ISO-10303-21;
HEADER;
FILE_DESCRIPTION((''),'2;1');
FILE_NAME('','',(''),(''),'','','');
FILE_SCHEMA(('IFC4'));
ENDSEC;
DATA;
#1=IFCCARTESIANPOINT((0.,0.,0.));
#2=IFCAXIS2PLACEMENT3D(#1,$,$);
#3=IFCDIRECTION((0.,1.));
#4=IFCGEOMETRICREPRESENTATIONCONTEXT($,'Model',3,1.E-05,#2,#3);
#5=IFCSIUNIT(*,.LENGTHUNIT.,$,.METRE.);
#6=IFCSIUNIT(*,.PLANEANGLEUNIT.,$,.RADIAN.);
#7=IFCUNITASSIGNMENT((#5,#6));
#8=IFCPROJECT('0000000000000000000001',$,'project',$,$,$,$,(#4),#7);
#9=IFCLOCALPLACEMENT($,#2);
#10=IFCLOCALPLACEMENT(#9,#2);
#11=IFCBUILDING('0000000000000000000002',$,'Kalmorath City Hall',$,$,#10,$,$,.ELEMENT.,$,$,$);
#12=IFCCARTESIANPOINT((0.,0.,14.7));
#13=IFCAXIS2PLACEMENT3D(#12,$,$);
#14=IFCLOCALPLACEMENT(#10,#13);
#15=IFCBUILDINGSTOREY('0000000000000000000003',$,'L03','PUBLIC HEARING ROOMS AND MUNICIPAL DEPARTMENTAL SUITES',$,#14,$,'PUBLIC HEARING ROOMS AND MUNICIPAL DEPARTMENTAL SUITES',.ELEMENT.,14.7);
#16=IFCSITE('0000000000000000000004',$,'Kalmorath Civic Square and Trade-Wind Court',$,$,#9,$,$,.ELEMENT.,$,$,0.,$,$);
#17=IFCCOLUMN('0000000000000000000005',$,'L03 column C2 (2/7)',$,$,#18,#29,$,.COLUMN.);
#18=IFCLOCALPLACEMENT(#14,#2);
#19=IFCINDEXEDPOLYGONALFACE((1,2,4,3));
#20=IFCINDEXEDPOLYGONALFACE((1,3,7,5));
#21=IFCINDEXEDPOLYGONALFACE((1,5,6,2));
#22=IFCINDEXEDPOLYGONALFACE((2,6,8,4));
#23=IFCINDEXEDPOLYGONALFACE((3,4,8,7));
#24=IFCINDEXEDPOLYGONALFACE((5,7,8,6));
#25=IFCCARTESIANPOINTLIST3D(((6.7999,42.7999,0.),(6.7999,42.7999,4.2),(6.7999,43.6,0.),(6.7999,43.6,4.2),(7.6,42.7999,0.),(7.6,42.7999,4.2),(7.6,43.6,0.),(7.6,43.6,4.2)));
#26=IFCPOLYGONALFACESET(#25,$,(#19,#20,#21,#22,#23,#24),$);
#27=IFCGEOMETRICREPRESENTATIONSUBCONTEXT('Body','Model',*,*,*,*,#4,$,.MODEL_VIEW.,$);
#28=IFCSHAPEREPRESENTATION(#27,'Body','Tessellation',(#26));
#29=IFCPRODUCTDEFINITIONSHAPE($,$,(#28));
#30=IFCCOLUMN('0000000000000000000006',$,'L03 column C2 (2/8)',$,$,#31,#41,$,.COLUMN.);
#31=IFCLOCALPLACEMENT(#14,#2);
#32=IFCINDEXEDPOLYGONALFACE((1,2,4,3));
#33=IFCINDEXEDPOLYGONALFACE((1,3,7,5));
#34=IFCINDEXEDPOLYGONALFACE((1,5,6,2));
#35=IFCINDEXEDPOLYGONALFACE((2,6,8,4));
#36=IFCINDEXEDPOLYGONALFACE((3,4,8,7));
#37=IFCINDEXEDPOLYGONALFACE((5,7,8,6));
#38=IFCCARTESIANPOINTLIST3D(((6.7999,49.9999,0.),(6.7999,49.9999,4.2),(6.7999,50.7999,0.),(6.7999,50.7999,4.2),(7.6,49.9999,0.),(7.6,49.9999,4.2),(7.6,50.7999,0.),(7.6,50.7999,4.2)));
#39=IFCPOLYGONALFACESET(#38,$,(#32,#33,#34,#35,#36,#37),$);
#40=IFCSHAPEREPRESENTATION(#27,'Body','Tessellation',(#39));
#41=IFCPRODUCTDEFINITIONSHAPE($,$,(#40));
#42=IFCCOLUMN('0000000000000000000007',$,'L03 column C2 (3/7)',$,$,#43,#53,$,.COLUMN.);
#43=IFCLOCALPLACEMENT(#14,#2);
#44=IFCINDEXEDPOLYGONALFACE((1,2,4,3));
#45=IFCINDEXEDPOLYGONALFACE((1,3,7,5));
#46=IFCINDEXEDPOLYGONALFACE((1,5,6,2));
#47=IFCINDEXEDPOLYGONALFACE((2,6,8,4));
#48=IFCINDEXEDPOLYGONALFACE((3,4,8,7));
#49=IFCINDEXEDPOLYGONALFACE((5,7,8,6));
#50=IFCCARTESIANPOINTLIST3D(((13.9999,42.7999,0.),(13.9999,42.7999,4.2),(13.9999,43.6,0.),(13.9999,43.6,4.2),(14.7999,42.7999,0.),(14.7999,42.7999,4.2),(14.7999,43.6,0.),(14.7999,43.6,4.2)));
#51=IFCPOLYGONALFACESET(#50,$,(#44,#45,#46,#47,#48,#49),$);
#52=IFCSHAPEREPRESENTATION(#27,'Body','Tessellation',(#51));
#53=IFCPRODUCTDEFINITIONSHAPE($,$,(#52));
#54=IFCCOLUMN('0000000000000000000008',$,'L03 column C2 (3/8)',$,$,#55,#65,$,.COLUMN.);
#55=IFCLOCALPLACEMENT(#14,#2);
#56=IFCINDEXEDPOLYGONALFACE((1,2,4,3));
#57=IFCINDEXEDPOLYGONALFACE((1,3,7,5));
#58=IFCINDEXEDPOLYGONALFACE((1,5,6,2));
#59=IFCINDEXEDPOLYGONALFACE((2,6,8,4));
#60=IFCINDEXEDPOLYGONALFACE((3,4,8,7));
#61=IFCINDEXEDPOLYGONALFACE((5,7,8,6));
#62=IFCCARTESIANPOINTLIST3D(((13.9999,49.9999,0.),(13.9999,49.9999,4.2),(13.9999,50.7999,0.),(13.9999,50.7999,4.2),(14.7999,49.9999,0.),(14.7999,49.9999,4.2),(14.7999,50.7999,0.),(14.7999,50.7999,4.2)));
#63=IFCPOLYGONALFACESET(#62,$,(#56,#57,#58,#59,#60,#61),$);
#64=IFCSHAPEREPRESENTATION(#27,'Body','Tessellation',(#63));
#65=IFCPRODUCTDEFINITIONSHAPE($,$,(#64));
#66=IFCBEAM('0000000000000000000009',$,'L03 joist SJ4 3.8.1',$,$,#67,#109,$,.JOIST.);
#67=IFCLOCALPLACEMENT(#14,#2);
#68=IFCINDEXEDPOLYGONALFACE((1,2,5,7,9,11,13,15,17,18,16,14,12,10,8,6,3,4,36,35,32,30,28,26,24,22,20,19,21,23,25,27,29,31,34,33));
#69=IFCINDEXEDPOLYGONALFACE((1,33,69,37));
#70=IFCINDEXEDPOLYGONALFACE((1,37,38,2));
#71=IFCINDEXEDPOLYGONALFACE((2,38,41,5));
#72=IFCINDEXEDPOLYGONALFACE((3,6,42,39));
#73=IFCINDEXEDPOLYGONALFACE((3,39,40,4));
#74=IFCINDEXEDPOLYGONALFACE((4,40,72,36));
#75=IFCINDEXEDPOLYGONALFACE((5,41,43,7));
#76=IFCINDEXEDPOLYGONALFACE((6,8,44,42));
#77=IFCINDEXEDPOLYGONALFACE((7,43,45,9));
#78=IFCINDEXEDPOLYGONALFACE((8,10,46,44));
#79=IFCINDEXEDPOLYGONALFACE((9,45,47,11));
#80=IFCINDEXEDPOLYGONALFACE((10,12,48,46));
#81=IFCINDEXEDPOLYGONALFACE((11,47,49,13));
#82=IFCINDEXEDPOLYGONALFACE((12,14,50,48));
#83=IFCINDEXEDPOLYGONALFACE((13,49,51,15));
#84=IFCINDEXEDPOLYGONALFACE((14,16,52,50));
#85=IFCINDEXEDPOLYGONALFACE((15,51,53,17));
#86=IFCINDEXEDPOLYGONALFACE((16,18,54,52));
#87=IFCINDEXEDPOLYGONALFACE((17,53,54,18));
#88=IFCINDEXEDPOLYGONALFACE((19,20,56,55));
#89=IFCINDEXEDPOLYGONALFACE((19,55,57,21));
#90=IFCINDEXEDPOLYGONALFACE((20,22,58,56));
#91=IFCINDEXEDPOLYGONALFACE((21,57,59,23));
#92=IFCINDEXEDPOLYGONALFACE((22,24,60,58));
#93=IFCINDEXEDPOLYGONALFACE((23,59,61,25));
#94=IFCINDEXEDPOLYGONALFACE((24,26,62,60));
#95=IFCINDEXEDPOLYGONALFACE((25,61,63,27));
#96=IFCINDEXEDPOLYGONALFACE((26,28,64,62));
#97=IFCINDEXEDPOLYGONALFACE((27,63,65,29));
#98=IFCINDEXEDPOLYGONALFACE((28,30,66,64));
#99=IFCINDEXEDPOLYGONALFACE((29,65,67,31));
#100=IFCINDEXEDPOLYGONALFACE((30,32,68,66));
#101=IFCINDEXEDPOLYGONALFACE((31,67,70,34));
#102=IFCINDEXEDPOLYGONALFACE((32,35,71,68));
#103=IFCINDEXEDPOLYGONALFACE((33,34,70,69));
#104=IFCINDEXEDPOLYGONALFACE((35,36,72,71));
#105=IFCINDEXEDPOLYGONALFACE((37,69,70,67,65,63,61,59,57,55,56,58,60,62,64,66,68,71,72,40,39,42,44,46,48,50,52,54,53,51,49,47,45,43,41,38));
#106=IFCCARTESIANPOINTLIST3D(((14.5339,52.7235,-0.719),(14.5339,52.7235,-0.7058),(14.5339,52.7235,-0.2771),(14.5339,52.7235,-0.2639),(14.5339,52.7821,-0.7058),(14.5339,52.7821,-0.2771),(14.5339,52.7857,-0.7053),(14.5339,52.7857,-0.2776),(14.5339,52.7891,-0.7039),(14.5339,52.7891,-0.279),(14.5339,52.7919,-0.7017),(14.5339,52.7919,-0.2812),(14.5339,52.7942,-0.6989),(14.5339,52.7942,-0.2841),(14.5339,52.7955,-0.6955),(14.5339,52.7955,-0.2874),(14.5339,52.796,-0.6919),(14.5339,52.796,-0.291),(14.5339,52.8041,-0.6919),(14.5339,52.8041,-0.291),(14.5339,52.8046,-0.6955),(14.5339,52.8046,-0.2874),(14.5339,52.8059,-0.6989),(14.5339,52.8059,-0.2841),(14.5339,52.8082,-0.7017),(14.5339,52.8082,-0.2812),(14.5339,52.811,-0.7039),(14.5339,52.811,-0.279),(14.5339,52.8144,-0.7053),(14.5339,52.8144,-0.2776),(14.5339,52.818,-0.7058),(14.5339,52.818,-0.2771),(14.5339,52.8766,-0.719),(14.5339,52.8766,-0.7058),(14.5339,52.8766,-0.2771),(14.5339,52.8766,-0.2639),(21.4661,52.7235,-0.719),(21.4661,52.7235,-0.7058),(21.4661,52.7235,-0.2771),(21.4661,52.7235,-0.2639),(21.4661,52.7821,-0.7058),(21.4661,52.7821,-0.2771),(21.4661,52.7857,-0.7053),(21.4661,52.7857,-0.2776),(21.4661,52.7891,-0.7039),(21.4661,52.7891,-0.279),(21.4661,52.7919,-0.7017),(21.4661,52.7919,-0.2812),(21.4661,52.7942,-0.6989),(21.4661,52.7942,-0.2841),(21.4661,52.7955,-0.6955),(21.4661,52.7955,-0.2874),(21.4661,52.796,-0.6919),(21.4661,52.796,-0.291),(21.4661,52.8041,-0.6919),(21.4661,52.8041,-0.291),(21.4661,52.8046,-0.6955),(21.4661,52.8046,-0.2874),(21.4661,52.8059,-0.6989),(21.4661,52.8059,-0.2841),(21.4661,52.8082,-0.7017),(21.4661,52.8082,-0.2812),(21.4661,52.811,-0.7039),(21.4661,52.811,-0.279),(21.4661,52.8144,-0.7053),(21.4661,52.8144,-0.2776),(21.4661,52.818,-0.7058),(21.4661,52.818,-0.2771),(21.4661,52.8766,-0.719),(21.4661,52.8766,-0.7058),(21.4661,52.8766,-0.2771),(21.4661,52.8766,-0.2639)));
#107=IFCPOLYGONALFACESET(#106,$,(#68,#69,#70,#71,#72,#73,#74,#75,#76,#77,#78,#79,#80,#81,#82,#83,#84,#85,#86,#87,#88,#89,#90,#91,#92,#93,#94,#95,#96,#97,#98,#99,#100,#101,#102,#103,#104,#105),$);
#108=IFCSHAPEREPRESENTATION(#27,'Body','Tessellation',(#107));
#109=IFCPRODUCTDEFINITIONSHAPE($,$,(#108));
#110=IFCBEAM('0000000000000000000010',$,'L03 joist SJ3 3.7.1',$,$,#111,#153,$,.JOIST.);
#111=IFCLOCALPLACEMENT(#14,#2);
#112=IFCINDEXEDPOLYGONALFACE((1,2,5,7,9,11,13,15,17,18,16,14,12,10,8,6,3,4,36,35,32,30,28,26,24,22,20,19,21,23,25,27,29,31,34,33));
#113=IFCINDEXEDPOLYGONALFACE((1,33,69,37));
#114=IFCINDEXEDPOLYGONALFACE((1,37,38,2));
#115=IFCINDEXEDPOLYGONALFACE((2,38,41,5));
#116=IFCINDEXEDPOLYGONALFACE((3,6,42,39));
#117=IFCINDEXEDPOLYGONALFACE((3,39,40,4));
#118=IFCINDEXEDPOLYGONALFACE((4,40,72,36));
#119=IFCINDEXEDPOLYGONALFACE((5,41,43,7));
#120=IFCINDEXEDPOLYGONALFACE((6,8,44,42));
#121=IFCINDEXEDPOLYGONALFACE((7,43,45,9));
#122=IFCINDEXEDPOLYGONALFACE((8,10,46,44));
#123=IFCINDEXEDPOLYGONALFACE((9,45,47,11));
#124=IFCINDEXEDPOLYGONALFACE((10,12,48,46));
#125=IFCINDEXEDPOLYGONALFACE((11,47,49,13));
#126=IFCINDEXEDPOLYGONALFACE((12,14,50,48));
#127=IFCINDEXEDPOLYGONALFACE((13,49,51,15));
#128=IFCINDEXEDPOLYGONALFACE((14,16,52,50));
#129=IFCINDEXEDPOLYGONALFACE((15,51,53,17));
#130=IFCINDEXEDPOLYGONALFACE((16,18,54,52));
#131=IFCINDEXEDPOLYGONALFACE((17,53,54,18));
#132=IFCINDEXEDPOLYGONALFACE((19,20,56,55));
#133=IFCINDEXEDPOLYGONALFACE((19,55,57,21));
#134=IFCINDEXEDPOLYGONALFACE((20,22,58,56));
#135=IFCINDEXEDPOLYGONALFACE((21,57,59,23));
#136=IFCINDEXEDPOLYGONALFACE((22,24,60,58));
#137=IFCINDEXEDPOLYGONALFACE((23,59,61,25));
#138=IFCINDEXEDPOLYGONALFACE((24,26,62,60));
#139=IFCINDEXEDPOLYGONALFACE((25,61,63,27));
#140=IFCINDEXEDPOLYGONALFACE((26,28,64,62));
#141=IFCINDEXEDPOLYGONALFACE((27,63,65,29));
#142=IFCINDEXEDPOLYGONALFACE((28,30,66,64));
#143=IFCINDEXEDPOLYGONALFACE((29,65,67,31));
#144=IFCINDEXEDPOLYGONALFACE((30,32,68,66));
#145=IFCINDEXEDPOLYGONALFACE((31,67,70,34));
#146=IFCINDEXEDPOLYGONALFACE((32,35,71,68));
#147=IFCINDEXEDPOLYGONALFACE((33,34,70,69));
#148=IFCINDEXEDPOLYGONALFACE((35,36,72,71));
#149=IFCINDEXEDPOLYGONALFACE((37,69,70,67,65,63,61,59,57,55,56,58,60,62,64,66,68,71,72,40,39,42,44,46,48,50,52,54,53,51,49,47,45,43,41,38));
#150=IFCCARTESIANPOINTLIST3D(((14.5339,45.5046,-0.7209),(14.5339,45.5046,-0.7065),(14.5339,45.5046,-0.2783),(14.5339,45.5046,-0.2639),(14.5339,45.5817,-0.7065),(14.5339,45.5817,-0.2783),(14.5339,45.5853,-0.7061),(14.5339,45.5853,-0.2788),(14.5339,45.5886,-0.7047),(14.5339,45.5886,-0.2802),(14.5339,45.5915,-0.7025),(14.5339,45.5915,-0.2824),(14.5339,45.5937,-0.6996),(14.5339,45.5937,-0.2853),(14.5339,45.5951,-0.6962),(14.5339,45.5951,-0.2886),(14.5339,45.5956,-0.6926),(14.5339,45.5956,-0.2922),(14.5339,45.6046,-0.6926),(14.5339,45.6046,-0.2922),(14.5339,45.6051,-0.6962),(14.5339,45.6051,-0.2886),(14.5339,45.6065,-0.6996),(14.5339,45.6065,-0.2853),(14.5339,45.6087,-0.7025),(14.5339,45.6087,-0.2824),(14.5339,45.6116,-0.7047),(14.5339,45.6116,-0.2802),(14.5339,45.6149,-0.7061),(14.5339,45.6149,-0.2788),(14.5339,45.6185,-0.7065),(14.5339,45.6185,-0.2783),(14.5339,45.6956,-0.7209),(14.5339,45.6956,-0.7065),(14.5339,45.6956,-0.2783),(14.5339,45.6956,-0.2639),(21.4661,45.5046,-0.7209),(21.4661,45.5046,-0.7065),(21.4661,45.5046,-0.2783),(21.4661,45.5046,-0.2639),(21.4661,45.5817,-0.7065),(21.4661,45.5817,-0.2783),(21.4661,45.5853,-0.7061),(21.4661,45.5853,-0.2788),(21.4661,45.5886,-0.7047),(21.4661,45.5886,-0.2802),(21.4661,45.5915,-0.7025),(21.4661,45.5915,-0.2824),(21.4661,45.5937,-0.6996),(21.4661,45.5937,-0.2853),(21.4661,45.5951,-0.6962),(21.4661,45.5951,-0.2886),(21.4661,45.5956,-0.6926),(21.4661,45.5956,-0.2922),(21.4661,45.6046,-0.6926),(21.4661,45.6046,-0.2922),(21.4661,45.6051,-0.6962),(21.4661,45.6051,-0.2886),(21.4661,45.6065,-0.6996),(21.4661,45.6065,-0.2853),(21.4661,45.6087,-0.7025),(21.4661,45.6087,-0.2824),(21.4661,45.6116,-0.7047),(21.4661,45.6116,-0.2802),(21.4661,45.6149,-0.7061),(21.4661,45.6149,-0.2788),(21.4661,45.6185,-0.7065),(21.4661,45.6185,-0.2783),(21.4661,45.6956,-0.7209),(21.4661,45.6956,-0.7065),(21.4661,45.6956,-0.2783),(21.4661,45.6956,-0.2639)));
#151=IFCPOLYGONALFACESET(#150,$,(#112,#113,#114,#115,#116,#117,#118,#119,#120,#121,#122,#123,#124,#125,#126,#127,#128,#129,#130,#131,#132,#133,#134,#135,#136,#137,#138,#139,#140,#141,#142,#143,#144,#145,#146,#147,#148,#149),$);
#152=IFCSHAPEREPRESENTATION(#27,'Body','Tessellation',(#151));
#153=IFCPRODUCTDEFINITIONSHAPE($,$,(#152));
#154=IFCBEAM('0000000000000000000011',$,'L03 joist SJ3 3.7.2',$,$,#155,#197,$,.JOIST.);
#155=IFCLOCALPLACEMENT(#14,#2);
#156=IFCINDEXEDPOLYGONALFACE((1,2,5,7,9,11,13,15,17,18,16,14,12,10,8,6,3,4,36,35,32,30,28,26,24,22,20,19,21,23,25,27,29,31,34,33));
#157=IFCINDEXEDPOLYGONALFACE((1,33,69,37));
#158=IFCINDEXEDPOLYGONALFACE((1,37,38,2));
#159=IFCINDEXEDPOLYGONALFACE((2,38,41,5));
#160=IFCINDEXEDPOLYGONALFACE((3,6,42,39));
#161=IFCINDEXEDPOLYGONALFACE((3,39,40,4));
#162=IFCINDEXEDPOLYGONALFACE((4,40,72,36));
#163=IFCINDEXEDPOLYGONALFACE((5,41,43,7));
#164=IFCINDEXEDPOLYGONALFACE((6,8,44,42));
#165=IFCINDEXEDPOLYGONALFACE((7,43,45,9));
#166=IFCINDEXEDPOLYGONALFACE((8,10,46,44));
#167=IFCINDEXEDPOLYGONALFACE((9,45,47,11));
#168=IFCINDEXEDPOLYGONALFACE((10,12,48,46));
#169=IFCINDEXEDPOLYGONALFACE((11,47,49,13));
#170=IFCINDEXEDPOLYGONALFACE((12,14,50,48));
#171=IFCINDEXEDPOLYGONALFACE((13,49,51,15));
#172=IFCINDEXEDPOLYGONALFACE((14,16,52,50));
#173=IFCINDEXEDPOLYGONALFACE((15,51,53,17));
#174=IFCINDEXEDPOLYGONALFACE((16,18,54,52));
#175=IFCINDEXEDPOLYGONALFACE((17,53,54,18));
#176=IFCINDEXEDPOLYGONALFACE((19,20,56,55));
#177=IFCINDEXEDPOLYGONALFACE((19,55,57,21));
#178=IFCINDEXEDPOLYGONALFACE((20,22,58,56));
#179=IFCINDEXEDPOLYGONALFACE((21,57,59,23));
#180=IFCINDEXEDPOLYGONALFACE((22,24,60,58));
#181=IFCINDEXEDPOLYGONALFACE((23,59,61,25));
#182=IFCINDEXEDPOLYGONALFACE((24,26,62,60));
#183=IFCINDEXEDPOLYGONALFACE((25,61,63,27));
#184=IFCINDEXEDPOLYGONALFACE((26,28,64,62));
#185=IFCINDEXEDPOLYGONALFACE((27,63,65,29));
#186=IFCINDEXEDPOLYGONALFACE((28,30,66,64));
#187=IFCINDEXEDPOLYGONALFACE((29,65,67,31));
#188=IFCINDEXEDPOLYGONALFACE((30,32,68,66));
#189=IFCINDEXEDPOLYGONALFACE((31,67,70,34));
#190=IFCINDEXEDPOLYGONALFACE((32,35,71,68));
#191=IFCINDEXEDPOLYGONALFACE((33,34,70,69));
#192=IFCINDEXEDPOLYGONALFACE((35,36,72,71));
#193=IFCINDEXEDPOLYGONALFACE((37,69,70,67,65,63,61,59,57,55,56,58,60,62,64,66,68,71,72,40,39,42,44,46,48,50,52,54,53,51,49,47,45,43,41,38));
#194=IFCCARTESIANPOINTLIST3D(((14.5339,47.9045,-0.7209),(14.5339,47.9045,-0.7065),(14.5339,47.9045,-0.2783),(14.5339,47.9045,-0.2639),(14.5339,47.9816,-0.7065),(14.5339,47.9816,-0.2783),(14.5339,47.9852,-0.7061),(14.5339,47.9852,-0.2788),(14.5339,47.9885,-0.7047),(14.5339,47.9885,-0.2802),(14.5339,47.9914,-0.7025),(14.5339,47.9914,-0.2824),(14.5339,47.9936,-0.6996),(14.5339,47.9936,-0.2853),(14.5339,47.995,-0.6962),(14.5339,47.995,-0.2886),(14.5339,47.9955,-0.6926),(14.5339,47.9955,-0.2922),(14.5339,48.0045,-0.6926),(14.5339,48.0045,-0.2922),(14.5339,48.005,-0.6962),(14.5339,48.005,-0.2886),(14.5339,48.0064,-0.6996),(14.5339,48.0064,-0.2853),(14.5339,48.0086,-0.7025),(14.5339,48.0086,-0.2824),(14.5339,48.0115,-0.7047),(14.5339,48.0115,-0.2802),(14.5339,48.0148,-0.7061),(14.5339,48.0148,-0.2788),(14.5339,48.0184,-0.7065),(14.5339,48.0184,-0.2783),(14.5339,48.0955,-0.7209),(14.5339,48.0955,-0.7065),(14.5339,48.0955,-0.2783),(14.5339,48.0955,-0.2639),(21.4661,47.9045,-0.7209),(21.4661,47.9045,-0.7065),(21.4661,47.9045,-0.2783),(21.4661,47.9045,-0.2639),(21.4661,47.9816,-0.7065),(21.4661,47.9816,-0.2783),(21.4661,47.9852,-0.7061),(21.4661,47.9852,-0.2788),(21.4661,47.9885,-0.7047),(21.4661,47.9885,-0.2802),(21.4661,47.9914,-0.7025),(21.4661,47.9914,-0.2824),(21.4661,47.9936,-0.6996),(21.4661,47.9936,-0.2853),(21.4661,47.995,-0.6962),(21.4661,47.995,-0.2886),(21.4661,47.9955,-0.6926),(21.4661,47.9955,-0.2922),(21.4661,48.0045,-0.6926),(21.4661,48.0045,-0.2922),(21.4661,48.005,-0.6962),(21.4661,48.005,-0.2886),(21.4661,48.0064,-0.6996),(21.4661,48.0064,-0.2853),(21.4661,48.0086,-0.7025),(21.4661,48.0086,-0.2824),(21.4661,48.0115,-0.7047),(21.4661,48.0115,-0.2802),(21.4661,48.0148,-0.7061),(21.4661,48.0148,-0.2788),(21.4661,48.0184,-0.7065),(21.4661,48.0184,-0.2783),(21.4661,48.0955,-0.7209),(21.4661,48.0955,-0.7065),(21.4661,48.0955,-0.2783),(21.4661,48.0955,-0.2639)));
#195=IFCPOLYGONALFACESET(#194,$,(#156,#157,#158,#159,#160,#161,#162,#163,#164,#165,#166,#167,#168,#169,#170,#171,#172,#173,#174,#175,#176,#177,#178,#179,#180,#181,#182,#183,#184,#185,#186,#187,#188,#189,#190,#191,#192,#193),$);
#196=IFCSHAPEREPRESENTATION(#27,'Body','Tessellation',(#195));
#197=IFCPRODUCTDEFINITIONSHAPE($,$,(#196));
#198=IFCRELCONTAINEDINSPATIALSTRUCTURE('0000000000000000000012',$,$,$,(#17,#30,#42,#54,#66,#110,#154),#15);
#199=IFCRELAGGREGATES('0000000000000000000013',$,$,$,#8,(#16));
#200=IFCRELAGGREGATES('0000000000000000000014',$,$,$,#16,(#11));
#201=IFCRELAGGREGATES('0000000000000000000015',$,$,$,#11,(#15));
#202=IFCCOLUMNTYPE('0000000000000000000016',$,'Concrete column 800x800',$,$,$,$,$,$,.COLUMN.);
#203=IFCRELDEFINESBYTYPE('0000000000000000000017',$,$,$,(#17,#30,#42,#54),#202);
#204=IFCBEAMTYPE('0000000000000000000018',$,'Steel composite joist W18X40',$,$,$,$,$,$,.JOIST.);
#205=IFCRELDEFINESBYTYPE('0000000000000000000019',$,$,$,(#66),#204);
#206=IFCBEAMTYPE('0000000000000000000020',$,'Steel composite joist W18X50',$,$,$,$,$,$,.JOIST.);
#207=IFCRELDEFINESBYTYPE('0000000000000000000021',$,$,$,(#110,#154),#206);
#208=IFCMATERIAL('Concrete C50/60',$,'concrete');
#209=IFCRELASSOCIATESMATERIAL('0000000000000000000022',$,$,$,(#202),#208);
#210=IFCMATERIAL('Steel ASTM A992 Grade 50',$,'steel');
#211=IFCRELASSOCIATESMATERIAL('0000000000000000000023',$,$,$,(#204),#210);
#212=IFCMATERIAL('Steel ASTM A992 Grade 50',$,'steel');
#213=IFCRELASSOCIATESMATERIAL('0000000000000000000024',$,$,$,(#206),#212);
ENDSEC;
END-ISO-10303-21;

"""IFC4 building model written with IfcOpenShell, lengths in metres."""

from ifc_helpers import new_model, si_unit, direction, frame, origin, origin_2d, place, context, subcontext, project, spatial, rectangle, i_section, extrude, material, material_profile, profile_set, type_object, element, save


model = new_model("IFC4")

# Units and contexts
model_context = context("Model", 3, precision=1e-05, world=origin(), true_north=direction((0.0, 1.0)))
body_context = subcontext(model_context, "Body", "Model", "MODEL_VIEW")
ifc_project = project(units=[si_unit("LENGTHUNIT", "METRE"), si_unit("PLANEANGLEUNIT", "RADIAN")], contexts=[model_context])

# Site, building, storey
site_placement = place(None, origin())
site = spatial("IfcSite", under=ifc_project, at=site_placement, Name="Kalmorath Civic Square and Trade-Wind Court", CompositionType="ELEMENT", RefElevation=0.0)
building_placement = place(site_placement, origin())
building = spatial("IfcBuilding", under=site, at=building_placement, Name="Kalmorath City Hall", CompositionType="ELEMENT")
storey_placement = place(building_placement, frame((0.0, 0.0, 14.7)))
storey = spatial("IfcBuildingStorey", under=building, at=storey_placement, Name="L03", Description="PUBLIC HEARING ROOMS AND MUNICIPAL DEPARTMENTAL SUITES", LongName="PUBLIC HEARING ROOMS AND MUNICIPAL DEPARTMENTAL SUITES", CompositionType="ELEMENT", Elevation=14.7)

# Columns
ifc_material_1 = material(Name="Concrete C50/60", Category="concrete")
ifc_material_profile_1 = material_profile(ifc_material_1, rectangle(XDim=0.8, YDim=0.8, at=origin_2d()), Name="RC-COL-800X800")
ifc_profile_set_1 = profile_set([ifc_material_profile_1], Name="Concrete C50/60")
column_type = type_object("IfcColumnType", Name="Concrete column 800x800", PredefinedType="COLUMN", material=ifc_profile_set_1)
for number, where, z_axis, x_axis, name in (
    (1, (7.2, 43.2, 0.0), (0.0, 0.0, 1.0), (1.0, 0.0, 0.0), "L03 column C2 (2/7)"),
    (2, (7.2, 50.3999, 0.0), (0.0, 0.0, 1.0), (1.0, 0.0, 0.0), "L03 column C2 (2/8)"),
    (3, (14.3999, 43.2, 0.0), (0.0, 0.0, 1.0), (1.0, 0.0, 0.0), "L03 column C2 (3/7)"),
    (4, (14.3999, 50.3999, 0.0), (0.0, 0.0, 1.0), (1.0, 0.0, 0.0), "L03 column C2 (3/8)"),
):
    element("IfcColumn", number, at=place(storey_placement, frame(where, z_axis=z_axis, x_axis=x_axis)), inside=storey, type_object=column_type, Name=name, PredefinedType="COLUMN", context=body_context, shape_type="SweptSolid", body=[
        extrude(rectangle(XDim=0.8, YDim=0.8, at=origin_2d()), origin(), (0.0, 0.0, 1.0), 4.2),
    ])

# Beams
ifc_material_2 = material(Name="Steel ASTM A992 Grade 50", Category="steel")
ifc_material_profile_2 = material_profile(ifc_material_2, i_section(OverallWidth=0.1531, OverallDepth=0.4551, WebThickness=0.0081, FlangeThickness=0.0132, FilletRadius=0.0139, at=origin_2d()), Name="W18X40")
ifc_profile_set_2 = profile_set([ifc_material_profile_2], Name="Steel ASTM A992 Grade 50")
beam_type_1 = type_object("IfcBeamType", Name="Steel composite joist W18X40", PredefinedType="JOIST", material=ifc_profile_set_2)
beam_placement = place(storey_placement, frame((14.5339, 52.8, -0.4915), z_axis=(1.0, 0.0, 0.0), x_axis=(0.0, 1.0, 0.0)))
element("IfcBeam", 5, at=beam_placement, inside=storey, type_object=beam_type_1, Name="L03 joist SJ4 3.8.1", PredefinedType="JOIST", context=body_context, shape_type="SweptSolid", body=[
    extrude(i_section(OverallWidth=0.1531, OverallDepth=0.4551, WebThickness=0.0081, FlangeThickness=0.0132, FilletRadius=0.0139, at=origin_2d()), origin(), (0.0, 0.0, 1.0), 6.9321),
])
ifc_material_3 = material(Name="Steel ASTM A992 Grade 50", Category="steel")
ifc_material_profile_3 = material_profile(ifc_material_3, i_section(OverallWidth=0.1909, OverallDepth=0.457, WebThickness=0.009, FlangeThickness=0.0144, FilletRadius=0.0139, at=origin_2d()), Name="W18X50")
ifc_profile_set_3 = profile_set([ifc_material_profile_3], Name="Steel ASTM A992 Grade 50")
beam_type_2 = type_object("IfcBeamType", Name="Steel composite joist W18X50", PredefinedType="JOIST", material=ifc_profile_set_3)
for number, where, z_axis, x_axis, name in (
    (6, (14.5339, 45.6001, -0.4924), (1.0, 0.0, 0.0), (0.0, 1.0, 0.0), "L03 joist SJ3 3.7.1"),
    (7, (14.5339, 48.0, -0.4924), (1.0, 0.0, 0.0), (0.0, 1.0, 0.0), "L03 joist SJ3 3.7.2"),
):
    element("IfcBeam", number, at=place(storey_placement, frame(where, z_axis=z_axis, x_axis=x_axis)), inside=storey, type_object=beam_type_2, Name=name, PredefinedType="JOIST", context=body_context, shape_type="SweptSolid", body=[
        extrude(i_section(OverallWidth=0.1909, OverallDepth=0.457, WebThickness=0.009, FlangeThickness=0.0144, FilletRadius=0.0139, at=origin_2d()), origin(), (0.0, 0.0, 1.0), 6.9321),
    ])

save(model, "model.ifc")
